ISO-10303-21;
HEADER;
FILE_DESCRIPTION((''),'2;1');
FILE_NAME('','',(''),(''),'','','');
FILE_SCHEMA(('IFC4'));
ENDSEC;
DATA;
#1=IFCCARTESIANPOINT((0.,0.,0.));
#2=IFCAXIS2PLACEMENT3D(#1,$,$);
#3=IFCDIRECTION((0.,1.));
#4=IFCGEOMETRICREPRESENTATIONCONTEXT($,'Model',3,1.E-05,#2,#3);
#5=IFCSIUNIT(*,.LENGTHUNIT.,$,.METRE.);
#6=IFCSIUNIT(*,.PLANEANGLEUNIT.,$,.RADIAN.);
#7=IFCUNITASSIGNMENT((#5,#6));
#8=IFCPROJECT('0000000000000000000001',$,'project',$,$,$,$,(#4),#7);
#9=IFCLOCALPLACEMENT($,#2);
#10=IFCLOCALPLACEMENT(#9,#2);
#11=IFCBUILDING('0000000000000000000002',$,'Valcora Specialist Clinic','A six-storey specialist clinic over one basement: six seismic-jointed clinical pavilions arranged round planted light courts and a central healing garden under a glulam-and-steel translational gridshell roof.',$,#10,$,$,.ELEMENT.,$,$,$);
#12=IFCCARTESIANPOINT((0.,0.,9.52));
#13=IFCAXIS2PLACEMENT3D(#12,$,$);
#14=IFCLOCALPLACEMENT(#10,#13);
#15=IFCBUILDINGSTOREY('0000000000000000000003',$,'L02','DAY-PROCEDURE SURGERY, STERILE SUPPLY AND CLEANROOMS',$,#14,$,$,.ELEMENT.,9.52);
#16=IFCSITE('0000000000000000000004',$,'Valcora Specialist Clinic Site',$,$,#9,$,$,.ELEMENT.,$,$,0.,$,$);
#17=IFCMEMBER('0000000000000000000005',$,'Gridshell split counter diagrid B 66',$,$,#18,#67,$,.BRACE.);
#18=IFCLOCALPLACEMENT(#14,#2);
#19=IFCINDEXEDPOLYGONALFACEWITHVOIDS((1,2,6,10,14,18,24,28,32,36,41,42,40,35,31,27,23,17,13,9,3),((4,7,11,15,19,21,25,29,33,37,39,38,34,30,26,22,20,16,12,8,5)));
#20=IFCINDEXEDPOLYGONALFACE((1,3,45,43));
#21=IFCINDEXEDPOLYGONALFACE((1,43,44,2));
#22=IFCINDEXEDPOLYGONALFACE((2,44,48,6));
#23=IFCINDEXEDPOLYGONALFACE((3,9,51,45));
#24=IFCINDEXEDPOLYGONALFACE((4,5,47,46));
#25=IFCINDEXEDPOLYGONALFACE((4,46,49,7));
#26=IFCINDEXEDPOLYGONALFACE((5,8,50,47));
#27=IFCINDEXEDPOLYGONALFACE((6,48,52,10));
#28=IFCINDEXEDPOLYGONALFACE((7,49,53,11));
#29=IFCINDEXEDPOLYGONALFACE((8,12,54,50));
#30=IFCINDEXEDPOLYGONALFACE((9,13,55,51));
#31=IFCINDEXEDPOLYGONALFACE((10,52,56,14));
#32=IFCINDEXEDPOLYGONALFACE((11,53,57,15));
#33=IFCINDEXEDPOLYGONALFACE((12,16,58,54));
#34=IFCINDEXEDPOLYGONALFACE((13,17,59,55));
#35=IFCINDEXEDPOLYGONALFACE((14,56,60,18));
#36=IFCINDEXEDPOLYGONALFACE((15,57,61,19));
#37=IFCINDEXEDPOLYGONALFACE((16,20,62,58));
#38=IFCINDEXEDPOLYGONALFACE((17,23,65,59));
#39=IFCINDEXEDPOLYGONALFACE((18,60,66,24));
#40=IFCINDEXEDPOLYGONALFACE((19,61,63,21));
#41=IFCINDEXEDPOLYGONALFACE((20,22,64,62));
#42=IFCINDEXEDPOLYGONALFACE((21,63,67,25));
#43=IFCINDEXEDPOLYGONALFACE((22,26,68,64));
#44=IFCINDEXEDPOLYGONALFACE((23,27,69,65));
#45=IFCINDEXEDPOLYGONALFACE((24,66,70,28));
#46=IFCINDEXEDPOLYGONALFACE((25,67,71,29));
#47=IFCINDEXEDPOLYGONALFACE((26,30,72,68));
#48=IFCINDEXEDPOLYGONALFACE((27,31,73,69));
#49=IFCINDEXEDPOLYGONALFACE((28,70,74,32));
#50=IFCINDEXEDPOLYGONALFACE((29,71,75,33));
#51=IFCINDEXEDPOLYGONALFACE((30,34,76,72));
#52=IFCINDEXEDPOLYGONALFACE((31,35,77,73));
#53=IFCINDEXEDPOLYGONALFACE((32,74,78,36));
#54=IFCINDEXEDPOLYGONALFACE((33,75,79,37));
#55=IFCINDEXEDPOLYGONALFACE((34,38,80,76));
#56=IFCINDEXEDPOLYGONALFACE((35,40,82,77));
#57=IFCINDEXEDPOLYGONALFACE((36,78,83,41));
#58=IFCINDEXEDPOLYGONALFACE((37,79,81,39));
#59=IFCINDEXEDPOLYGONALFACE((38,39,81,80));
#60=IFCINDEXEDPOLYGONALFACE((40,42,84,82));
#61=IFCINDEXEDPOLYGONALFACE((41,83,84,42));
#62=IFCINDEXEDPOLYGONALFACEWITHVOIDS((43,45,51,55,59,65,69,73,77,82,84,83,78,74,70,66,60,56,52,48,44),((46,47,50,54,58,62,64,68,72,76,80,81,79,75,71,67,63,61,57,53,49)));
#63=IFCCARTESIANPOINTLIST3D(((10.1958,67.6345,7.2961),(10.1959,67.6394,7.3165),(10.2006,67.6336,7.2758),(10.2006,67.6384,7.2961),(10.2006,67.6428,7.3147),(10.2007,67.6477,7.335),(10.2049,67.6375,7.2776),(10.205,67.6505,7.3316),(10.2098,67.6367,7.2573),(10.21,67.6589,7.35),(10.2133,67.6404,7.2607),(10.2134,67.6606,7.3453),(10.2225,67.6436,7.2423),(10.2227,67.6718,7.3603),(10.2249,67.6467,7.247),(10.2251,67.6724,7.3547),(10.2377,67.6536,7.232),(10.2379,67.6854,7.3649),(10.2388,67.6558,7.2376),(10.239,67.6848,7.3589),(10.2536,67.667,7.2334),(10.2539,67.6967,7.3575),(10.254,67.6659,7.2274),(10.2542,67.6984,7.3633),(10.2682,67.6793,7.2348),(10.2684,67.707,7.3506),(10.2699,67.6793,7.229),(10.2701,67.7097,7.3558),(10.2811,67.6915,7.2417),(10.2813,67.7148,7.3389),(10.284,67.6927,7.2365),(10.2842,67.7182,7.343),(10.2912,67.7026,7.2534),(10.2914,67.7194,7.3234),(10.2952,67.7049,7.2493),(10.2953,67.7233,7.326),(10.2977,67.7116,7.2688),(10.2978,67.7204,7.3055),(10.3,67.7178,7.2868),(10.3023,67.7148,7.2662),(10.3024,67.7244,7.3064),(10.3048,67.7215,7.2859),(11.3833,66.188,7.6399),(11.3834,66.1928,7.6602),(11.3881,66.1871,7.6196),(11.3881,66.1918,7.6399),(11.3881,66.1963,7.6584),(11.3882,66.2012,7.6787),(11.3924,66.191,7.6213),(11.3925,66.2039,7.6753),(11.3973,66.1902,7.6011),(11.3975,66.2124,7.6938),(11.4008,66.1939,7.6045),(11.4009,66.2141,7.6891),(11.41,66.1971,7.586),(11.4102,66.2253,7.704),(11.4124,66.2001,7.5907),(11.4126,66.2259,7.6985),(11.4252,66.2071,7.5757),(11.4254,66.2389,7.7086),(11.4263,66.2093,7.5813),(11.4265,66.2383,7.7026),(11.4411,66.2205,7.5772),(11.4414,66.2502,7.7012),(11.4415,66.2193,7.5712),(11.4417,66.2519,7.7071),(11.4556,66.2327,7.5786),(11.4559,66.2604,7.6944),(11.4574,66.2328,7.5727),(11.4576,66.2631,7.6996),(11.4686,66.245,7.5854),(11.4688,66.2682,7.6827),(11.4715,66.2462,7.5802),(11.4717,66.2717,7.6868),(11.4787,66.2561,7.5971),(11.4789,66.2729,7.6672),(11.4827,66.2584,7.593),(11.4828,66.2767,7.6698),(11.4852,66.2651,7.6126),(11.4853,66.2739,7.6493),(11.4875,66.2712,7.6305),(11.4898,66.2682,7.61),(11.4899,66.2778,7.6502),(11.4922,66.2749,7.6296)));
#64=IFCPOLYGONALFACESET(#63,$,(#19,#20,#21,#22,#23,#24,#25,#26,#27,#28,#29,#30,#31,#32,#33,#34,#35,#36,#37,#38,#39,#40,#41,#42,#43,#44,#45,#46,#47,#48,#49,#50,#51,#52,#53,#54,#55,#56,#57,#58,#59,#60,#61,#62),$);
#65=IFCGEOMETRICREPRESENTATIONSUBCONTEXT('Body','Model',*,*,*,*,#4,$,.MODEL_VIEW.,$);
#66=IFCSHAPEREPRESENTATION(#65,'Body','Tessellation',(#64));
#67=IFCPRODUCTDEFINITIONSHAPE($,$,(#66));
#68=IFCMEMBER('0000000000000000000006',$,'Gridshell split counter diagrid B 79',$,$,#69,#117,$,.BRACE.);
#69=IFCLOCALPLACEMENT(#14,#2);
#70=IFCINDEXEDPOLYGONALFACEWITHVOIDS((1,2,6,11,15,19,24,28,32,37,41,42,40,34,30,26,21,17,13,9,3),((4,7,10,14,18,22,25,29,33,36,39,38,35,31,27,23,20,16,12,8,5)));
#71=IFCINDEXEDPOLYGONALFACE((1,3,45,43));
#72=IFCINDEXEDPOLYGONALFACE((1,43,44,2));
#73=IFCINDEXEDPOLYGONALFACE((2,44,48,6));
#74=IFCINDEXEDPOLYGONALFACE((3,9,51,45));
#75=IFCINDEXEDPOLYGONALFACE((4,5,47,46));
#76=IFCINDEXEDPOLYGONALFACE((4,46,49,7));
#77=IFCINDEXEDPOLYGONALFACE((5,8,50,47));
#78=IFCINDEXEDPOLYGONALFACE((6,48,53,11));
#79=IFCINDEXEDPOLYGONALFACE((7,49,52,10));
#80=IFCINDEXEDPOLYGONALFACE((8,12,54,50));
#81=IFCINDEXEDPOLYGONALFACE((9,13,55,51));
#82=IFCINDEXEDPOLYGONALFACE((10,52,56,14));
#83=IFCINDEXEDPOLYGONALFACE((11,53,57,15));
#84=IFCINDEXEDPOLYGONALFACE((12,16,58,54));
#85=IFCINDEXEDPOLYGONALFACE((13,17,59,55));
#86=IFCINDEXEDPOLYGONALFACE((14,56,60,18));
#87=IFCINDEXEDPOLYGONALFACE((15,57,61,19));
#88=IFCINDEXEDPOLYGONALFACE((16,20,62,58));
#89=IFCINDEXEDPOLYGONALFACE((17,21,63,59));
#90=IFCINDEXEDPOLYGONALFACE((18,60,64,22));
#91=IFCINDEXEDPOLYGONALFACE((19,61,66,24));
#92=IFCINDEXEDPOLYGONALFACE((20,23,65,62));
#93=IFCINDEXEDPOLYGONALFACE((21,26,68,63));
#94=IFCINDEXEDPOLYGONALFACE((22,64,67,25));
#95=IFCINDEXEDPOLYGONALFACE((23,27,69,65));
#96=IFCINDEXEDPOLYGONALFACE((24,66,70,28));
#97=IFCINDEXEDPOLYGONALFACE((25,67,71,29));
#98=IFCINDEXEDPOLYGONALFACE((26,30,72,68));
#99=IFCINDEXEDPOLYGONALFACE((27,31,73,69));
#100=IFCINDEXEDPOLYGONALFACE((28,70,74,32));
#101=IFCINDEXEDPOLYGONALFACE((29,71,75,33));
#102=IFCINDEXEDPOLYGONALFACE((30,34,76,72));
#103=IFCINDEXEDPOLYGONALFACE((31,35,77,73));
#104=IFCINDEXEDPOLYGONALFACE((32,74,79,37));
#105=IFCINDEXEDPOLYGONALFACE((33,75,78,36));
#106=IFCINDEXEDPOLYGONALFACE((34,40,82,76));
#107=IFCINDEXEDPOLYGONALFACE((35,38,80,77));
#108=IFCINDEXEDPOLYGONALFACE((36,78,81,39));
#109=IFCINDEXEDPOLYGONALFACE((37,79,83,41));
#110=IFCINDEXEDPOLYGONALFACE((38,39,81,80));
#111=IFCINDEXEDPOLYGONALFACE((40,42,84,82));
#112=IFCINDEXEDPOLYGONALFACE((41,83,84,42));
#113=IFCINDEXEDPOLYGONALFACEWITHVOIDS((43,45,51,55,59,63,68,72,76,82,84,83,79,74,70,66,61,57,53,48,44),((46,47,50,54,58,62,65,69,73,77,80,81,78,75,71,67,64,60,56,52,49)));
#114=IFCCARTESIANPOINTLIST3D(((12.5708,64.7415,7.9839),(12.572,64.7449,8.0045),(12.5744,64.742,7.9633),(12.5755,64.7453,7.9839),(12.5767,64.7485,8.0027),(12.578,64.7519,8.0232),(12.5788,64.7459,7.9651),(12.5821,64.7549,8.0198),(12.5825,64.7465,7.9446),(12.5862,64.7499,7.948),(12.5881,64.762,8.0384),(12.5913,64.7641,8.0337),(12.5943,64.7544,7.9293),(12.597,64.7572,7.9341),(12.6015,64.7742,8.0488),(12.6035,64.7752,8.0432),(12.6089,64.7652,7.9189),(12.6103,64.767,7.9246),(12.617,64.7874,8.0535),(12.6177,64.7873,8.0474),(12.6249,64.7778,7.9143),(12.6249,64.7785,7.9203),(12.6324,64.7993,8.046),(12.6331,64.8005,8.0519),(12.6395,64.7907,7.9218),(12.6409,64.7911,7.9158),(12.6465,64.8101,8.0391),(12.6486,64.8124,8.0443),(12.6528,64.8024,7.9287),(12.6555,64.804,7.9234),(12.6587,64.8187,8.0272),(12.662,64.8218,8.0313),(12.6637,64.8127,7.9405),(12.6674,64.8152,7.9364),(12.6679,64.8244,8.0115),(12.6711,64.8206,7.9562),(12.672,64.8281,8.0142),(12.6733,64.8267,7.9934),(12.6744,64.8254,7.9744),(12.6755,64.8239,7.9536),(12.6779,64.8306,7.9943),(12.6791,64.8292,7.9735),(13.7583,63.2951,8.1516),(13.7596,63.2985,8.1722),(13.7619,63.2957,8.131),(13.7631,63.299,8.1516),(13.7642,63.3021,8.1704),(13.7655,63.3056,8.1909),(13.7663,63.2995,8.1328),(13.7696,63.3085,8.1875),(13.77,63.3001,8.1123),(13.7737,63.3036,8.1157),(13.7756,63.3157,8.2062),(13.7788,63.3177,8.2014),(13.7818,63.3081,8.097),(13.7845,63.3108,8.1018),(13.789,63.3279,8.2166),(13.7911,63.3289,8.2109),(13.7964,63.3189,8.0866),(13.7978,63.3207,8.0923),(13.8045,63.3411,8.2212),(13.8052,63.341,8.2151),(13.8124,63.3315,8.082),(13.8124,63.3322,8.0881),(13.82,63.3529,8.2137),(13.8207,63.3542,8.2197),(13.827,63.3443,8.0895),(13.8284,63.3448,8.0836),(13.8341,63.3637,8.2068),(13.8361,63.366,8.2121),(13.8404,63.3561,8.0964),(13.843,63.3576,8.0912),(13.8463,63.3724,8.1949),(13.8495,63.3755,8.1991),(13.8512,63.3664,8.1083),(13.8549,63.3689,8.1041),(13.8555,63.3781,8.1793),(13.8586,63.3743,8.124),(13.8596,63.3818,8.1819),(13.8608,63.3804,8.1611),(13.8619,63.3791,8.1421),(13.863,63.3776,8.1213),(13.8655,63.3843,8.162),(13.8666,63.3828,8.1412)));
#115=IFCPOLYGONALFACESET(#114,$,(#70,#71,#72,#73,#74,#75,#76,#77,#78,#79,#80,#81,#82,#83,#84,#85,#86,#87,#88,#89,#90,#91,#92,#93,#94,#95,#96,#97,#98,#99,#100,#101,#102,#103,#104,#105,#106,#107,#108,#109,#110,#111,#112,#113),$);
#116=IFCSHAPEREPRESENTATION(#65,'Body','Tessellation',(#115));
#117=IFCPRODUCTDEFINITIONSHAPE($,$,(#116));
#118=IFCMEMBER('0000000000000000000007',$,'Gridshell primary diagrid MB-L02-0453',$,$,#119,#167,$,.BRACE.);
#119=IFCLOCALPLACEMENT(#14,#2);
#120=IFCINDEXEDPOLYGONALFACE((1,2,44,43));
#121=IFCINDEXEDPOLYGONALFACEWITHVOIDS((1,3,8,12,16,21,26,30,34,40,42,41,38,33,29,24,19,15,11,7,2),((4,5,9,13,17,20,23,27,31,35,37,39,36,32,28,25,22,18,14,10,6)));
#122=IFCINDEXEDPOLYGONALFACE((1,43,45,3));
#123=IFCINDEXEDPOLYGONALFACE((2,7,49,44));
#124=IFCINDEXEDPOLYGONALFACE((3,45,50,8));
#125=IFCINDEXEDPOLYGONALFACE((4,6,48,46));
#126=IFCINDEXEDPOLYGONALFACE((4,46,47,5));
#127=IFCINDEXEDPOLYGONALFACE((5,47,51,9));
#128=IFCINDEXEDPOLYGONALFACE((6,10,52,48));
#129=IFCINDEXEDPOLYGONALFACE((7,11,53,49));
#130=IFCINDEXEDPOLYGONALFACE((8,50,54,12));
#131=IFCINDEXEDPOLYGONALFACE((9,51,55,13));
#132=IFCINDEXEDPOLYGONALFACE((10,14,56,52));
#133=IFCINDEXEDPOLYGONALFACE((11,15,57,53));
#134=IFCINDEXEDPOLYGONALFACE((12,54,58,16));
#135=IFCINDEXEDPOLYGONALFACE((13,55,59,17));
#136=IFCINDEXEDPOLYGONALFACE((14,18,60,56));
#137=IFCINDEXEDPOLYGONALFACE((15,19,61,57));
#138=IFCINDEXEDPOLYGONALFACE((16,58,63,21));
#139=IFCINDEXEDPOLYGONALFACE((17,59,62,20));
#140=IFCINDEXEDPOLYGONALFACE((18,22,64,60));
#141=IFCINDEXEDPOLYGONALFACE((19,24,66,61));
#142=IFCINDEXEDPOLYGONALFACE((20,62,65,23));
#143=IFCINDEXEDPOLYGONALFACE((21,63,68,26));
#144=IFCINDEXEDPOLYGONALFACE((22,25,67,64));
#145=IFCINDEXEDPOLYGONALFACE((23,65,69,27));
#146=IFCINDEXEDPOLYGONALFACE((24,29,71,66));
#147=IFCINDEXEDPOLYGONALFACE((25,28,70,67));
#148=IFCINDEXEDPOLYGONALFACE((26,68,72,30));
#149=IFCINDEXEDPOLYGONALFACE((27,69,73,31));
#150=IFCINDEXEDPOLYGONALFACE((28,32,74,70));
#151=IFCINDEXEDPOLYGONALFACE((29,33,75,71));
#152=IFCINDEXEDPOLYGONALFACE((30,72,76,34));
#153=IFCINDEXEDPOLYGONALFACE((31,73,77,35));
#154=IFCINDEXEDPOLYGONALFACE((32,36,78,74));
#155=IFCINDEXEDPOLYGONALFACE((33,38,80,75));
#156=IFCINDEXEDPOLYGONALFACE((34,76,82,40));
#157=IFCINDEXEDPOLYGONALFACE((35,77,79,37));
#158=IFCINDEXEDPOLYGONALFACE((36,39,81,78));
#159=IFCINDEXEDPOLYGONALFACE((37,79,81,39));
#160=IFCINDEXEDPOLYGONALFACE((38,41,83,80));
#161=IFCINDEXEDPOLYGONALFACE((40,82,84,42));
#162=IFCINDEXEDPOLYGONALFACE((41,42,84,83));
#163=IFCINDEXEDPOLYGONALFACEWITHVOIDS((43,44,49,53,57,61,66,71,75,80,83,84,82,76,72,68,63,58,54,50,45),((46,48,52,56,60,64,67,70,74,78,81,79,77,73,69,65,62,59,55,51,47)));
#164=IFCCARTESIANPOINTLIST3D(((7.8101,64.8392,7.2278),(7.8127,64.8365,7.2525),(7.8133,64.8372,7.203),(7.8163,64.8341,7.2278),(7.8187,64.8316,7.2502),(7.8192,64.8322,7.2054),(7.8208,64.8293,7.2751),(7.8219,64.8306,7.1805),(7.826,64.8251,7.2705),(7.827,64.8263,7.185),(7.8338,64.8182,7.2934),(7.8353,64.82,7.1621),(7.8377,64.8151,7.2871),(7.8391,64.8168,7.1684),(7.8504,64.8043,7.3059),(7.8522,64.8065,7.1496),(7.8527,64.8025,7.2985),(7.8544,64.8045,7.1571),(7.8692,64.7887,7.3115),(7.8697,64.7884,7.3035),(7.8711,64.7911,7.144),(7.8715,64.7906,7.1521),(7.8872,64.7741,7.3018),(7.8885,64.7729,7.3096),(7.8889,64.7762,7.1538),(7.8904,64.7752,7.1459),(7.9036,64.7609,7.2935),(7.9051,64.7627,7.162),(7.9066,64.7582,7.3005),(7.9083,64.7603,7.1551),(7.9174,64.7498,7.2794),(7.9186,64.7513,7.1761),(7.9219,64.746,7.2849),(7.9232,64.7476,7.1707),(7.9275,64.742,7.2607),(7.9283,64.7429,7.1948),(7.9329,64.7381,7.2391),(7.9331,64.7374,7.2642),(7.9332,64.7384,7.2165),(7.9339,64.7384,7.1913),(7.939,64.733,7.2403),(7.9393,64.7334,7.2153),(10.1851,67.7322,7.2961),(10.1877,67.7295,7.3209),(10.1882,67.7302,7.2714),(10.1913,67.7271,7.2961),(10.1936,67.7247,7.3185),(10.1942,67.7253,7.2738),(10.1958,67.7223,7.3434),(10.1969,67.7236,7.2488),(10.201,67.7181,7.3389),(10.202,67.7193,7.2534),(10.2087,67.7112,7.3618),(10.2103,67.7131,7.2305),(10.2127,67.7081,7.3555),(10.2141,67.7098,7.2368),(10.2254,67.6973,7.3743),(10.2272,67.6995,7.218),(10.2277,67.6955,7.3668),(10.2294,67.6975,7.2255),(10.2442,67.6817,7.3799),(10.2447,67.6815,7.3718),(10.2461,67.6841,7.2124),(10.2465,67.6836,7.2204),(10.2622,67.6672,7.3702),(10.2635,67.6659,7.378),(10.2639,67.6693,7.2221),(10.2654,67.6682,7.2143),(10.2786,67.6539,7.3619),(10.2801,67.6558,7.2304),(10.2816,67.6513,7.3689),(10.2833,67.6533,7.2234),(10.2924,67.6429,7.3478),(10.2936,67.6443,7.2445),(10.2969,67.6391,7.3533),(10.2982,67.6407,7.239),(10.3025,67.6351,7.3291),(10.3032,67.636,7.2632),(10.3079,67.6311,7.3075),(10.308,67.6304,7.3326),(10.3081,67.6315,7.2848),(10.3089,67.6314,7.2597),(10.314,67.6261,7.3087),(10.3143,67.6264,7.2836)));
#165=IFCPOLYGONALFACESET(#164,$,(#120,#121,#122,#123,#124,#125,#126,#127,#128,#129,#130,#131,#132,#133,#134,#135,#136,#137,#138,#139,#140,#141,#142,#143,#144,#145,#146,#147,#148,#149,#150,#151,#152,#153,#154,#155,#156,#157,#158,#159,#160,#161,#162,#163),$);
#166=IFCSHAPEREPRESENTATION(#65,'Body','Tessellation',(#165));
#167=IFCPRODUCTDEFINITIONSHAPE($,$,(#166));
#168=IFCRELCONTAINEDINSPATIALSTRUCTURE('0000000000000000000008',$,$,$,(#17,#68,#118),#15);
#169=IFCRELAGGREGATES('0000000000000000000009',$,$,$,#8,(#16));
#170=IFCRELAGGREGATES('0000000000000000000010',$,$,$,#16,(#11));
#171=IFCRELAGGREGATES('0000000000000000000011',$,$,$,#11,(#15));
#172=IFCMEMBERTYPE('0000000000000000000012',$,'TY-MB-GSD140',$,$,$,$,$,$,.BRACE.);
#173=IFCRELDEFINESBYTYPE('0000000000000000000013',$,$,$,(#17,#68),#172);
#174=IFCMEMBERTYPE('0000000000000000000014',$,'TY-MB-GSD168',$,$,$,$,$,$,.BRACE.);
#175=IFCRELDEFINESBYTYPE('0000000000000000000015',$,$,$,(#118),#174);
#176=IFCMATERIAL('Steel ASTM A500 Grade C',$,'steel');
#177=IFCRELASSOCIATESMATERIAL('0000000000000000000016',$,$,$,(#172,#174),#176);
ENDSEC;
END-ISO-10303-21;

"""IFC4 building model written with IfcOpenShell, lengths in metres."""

from ifc_helpers import new_model, si_unit, direction, frame, origin, origin_2d, place, context, subcontext, project, spatial, hollow_circle, extrude, material, material_profile, profile_set, type_object, element, save


model = new_model("IFC4")

# Units and contexts
model_context = context("Model", 3, precision=1e-05, world=origin(), true_north=direction((0.0, 1.0)))
body_context = subcontext(model_context, "Body", "Model", "MODEL_VIEW")
ifc_project = project(units=[si_unit("LENGTHUNIT", "METRE"), si_unit("PLANEANGLEUNIT", "RADIAN")], contexts=[model_context])

# Site, building, storey
site_placement = place(None, origin())
site = spatial("IfcSite", under=ifc_project, at=site_placement, Name="Valcora Specialist Clinic Site", CompositionType="ELEMENT", RefElevation=0.0)
building_placement = place(site_placement, origin())
building = spatial("IfcBuilding", under=site, at=building_placement, Name="Valcora Specialist Clinic", Description="A six-storey specialist clinic over one basement: six seismic-jointed clinical pavilions arranged round planted light courts and a central healing garden under a glulam-and-steel translational gridshell roof.", CompositionType="ELEMENT")
storey_placement = place(building_placement, frame((0.0, 0.0, 9.52)))
storey = spatial("IfcBuildingStorey", under=building, at=storey_placement, Name="L02", Description="DAY-PROCEDURE SURGERY, STERILE SUPPLY AND CLEANROOMS", CompositionType="ELEMENT", Elevation=9.52)

# Members
ifc_material_1 = material(Name="Steel ASTM A500 Grade C", Category="steel")
ifc_material_profile_1 = material_profile(ifc_material_1, hollow_circle(Radius=0.0701, WallThickness=0.0061, at=origin_2d()), Name="ST-CHS-140X6")
ifc_profile_set_1 = profile_set([ifc_material_profile_1], Name="Steel ASTM A500 Grade C")
member_type_1 = type_object("IfcMemberType", Name="TY-MB-GSD140", PredefinedType="BRACE", material=ifc_profile_set_1)
member_1_placement = place(storey_placement, frame((11.4375, 66.2324, 7.6399), z_axis=(-0.624069, 0.760199, -0.180652), x_axis=(-0.772916, -0.634508, 0.0)))
element("IfcMember", 1, at=member_1_placement, inside=storey, type_object=member_type_1, Name="Gridshell split counter diagrid B 66", PredefinedType="BRACE", context=body_context, shape_type="SweptSolid", body=[
    extrude(hollow_circle(Radius=0.0701, WallThickness=0.0061, at=origin_2d()), origin(), (0.0, 0.0, 1.0), 1.9028),
])
member_2_placement = place(storey_placement, frame((13.8125, 63.3396, 8.1516), z_axis=(-0.632039, 0.769778, -0.08927), x_axis=(-0.772863, -0.634572, 0.0)))
element("IfcMember", 2, at=member_2_placement, inside=storey, type_object=member_type_1, Name="Gridshell split counter diagrid B 79", PredefinedType="BRACE", context=body_context, shape_type="SweptSolid", body=[
    extrude(hollow_circle(Radius=0.0701, WallThickness=0.0061, at=origin_2d()), origin(), (0.0, 0.0, 1.0), 1.8789),
])
ifc_material_profile_2 = material_profile(ifc_material_1, hollow_circle(Radius=0.084, WallThickness=0.0081, at=origin_2d()), Name="ST-CHS-168X8")
ifc_profile_set_2 = profile_set([ifc_material_profile_2], Name="Steel ASTM A500 Grade C")
member_type_2 = type_object("IfcMemberType", Name="TY-MB-GSD168", PredefinedType="BRACE", material=ifc_profile_set_2)
member_3_placement = place(storey_placement, frame((7.875, 64.7859, 7.2278), z_axis=(0.634403, 0.772787, 0.01826), x_axis=(-0.772916, 0.634508, 0.0)))
element("IfcMember", 3, at=member_3_placement, inside=storey, type_object=member_type_2, Name="Gridshell primary diagrid MB-L02-0453", PredefinedType="BRACE", context=body_context, shape_type="SweptSolid", body=[
    extrude(hollow_circle(Radius=0.084, WallThickness=0.0081, at=origin_2d()), origin(), (0.0, 0.0, 1.0), 3.7437),
])

save(model, "model.ifc")
